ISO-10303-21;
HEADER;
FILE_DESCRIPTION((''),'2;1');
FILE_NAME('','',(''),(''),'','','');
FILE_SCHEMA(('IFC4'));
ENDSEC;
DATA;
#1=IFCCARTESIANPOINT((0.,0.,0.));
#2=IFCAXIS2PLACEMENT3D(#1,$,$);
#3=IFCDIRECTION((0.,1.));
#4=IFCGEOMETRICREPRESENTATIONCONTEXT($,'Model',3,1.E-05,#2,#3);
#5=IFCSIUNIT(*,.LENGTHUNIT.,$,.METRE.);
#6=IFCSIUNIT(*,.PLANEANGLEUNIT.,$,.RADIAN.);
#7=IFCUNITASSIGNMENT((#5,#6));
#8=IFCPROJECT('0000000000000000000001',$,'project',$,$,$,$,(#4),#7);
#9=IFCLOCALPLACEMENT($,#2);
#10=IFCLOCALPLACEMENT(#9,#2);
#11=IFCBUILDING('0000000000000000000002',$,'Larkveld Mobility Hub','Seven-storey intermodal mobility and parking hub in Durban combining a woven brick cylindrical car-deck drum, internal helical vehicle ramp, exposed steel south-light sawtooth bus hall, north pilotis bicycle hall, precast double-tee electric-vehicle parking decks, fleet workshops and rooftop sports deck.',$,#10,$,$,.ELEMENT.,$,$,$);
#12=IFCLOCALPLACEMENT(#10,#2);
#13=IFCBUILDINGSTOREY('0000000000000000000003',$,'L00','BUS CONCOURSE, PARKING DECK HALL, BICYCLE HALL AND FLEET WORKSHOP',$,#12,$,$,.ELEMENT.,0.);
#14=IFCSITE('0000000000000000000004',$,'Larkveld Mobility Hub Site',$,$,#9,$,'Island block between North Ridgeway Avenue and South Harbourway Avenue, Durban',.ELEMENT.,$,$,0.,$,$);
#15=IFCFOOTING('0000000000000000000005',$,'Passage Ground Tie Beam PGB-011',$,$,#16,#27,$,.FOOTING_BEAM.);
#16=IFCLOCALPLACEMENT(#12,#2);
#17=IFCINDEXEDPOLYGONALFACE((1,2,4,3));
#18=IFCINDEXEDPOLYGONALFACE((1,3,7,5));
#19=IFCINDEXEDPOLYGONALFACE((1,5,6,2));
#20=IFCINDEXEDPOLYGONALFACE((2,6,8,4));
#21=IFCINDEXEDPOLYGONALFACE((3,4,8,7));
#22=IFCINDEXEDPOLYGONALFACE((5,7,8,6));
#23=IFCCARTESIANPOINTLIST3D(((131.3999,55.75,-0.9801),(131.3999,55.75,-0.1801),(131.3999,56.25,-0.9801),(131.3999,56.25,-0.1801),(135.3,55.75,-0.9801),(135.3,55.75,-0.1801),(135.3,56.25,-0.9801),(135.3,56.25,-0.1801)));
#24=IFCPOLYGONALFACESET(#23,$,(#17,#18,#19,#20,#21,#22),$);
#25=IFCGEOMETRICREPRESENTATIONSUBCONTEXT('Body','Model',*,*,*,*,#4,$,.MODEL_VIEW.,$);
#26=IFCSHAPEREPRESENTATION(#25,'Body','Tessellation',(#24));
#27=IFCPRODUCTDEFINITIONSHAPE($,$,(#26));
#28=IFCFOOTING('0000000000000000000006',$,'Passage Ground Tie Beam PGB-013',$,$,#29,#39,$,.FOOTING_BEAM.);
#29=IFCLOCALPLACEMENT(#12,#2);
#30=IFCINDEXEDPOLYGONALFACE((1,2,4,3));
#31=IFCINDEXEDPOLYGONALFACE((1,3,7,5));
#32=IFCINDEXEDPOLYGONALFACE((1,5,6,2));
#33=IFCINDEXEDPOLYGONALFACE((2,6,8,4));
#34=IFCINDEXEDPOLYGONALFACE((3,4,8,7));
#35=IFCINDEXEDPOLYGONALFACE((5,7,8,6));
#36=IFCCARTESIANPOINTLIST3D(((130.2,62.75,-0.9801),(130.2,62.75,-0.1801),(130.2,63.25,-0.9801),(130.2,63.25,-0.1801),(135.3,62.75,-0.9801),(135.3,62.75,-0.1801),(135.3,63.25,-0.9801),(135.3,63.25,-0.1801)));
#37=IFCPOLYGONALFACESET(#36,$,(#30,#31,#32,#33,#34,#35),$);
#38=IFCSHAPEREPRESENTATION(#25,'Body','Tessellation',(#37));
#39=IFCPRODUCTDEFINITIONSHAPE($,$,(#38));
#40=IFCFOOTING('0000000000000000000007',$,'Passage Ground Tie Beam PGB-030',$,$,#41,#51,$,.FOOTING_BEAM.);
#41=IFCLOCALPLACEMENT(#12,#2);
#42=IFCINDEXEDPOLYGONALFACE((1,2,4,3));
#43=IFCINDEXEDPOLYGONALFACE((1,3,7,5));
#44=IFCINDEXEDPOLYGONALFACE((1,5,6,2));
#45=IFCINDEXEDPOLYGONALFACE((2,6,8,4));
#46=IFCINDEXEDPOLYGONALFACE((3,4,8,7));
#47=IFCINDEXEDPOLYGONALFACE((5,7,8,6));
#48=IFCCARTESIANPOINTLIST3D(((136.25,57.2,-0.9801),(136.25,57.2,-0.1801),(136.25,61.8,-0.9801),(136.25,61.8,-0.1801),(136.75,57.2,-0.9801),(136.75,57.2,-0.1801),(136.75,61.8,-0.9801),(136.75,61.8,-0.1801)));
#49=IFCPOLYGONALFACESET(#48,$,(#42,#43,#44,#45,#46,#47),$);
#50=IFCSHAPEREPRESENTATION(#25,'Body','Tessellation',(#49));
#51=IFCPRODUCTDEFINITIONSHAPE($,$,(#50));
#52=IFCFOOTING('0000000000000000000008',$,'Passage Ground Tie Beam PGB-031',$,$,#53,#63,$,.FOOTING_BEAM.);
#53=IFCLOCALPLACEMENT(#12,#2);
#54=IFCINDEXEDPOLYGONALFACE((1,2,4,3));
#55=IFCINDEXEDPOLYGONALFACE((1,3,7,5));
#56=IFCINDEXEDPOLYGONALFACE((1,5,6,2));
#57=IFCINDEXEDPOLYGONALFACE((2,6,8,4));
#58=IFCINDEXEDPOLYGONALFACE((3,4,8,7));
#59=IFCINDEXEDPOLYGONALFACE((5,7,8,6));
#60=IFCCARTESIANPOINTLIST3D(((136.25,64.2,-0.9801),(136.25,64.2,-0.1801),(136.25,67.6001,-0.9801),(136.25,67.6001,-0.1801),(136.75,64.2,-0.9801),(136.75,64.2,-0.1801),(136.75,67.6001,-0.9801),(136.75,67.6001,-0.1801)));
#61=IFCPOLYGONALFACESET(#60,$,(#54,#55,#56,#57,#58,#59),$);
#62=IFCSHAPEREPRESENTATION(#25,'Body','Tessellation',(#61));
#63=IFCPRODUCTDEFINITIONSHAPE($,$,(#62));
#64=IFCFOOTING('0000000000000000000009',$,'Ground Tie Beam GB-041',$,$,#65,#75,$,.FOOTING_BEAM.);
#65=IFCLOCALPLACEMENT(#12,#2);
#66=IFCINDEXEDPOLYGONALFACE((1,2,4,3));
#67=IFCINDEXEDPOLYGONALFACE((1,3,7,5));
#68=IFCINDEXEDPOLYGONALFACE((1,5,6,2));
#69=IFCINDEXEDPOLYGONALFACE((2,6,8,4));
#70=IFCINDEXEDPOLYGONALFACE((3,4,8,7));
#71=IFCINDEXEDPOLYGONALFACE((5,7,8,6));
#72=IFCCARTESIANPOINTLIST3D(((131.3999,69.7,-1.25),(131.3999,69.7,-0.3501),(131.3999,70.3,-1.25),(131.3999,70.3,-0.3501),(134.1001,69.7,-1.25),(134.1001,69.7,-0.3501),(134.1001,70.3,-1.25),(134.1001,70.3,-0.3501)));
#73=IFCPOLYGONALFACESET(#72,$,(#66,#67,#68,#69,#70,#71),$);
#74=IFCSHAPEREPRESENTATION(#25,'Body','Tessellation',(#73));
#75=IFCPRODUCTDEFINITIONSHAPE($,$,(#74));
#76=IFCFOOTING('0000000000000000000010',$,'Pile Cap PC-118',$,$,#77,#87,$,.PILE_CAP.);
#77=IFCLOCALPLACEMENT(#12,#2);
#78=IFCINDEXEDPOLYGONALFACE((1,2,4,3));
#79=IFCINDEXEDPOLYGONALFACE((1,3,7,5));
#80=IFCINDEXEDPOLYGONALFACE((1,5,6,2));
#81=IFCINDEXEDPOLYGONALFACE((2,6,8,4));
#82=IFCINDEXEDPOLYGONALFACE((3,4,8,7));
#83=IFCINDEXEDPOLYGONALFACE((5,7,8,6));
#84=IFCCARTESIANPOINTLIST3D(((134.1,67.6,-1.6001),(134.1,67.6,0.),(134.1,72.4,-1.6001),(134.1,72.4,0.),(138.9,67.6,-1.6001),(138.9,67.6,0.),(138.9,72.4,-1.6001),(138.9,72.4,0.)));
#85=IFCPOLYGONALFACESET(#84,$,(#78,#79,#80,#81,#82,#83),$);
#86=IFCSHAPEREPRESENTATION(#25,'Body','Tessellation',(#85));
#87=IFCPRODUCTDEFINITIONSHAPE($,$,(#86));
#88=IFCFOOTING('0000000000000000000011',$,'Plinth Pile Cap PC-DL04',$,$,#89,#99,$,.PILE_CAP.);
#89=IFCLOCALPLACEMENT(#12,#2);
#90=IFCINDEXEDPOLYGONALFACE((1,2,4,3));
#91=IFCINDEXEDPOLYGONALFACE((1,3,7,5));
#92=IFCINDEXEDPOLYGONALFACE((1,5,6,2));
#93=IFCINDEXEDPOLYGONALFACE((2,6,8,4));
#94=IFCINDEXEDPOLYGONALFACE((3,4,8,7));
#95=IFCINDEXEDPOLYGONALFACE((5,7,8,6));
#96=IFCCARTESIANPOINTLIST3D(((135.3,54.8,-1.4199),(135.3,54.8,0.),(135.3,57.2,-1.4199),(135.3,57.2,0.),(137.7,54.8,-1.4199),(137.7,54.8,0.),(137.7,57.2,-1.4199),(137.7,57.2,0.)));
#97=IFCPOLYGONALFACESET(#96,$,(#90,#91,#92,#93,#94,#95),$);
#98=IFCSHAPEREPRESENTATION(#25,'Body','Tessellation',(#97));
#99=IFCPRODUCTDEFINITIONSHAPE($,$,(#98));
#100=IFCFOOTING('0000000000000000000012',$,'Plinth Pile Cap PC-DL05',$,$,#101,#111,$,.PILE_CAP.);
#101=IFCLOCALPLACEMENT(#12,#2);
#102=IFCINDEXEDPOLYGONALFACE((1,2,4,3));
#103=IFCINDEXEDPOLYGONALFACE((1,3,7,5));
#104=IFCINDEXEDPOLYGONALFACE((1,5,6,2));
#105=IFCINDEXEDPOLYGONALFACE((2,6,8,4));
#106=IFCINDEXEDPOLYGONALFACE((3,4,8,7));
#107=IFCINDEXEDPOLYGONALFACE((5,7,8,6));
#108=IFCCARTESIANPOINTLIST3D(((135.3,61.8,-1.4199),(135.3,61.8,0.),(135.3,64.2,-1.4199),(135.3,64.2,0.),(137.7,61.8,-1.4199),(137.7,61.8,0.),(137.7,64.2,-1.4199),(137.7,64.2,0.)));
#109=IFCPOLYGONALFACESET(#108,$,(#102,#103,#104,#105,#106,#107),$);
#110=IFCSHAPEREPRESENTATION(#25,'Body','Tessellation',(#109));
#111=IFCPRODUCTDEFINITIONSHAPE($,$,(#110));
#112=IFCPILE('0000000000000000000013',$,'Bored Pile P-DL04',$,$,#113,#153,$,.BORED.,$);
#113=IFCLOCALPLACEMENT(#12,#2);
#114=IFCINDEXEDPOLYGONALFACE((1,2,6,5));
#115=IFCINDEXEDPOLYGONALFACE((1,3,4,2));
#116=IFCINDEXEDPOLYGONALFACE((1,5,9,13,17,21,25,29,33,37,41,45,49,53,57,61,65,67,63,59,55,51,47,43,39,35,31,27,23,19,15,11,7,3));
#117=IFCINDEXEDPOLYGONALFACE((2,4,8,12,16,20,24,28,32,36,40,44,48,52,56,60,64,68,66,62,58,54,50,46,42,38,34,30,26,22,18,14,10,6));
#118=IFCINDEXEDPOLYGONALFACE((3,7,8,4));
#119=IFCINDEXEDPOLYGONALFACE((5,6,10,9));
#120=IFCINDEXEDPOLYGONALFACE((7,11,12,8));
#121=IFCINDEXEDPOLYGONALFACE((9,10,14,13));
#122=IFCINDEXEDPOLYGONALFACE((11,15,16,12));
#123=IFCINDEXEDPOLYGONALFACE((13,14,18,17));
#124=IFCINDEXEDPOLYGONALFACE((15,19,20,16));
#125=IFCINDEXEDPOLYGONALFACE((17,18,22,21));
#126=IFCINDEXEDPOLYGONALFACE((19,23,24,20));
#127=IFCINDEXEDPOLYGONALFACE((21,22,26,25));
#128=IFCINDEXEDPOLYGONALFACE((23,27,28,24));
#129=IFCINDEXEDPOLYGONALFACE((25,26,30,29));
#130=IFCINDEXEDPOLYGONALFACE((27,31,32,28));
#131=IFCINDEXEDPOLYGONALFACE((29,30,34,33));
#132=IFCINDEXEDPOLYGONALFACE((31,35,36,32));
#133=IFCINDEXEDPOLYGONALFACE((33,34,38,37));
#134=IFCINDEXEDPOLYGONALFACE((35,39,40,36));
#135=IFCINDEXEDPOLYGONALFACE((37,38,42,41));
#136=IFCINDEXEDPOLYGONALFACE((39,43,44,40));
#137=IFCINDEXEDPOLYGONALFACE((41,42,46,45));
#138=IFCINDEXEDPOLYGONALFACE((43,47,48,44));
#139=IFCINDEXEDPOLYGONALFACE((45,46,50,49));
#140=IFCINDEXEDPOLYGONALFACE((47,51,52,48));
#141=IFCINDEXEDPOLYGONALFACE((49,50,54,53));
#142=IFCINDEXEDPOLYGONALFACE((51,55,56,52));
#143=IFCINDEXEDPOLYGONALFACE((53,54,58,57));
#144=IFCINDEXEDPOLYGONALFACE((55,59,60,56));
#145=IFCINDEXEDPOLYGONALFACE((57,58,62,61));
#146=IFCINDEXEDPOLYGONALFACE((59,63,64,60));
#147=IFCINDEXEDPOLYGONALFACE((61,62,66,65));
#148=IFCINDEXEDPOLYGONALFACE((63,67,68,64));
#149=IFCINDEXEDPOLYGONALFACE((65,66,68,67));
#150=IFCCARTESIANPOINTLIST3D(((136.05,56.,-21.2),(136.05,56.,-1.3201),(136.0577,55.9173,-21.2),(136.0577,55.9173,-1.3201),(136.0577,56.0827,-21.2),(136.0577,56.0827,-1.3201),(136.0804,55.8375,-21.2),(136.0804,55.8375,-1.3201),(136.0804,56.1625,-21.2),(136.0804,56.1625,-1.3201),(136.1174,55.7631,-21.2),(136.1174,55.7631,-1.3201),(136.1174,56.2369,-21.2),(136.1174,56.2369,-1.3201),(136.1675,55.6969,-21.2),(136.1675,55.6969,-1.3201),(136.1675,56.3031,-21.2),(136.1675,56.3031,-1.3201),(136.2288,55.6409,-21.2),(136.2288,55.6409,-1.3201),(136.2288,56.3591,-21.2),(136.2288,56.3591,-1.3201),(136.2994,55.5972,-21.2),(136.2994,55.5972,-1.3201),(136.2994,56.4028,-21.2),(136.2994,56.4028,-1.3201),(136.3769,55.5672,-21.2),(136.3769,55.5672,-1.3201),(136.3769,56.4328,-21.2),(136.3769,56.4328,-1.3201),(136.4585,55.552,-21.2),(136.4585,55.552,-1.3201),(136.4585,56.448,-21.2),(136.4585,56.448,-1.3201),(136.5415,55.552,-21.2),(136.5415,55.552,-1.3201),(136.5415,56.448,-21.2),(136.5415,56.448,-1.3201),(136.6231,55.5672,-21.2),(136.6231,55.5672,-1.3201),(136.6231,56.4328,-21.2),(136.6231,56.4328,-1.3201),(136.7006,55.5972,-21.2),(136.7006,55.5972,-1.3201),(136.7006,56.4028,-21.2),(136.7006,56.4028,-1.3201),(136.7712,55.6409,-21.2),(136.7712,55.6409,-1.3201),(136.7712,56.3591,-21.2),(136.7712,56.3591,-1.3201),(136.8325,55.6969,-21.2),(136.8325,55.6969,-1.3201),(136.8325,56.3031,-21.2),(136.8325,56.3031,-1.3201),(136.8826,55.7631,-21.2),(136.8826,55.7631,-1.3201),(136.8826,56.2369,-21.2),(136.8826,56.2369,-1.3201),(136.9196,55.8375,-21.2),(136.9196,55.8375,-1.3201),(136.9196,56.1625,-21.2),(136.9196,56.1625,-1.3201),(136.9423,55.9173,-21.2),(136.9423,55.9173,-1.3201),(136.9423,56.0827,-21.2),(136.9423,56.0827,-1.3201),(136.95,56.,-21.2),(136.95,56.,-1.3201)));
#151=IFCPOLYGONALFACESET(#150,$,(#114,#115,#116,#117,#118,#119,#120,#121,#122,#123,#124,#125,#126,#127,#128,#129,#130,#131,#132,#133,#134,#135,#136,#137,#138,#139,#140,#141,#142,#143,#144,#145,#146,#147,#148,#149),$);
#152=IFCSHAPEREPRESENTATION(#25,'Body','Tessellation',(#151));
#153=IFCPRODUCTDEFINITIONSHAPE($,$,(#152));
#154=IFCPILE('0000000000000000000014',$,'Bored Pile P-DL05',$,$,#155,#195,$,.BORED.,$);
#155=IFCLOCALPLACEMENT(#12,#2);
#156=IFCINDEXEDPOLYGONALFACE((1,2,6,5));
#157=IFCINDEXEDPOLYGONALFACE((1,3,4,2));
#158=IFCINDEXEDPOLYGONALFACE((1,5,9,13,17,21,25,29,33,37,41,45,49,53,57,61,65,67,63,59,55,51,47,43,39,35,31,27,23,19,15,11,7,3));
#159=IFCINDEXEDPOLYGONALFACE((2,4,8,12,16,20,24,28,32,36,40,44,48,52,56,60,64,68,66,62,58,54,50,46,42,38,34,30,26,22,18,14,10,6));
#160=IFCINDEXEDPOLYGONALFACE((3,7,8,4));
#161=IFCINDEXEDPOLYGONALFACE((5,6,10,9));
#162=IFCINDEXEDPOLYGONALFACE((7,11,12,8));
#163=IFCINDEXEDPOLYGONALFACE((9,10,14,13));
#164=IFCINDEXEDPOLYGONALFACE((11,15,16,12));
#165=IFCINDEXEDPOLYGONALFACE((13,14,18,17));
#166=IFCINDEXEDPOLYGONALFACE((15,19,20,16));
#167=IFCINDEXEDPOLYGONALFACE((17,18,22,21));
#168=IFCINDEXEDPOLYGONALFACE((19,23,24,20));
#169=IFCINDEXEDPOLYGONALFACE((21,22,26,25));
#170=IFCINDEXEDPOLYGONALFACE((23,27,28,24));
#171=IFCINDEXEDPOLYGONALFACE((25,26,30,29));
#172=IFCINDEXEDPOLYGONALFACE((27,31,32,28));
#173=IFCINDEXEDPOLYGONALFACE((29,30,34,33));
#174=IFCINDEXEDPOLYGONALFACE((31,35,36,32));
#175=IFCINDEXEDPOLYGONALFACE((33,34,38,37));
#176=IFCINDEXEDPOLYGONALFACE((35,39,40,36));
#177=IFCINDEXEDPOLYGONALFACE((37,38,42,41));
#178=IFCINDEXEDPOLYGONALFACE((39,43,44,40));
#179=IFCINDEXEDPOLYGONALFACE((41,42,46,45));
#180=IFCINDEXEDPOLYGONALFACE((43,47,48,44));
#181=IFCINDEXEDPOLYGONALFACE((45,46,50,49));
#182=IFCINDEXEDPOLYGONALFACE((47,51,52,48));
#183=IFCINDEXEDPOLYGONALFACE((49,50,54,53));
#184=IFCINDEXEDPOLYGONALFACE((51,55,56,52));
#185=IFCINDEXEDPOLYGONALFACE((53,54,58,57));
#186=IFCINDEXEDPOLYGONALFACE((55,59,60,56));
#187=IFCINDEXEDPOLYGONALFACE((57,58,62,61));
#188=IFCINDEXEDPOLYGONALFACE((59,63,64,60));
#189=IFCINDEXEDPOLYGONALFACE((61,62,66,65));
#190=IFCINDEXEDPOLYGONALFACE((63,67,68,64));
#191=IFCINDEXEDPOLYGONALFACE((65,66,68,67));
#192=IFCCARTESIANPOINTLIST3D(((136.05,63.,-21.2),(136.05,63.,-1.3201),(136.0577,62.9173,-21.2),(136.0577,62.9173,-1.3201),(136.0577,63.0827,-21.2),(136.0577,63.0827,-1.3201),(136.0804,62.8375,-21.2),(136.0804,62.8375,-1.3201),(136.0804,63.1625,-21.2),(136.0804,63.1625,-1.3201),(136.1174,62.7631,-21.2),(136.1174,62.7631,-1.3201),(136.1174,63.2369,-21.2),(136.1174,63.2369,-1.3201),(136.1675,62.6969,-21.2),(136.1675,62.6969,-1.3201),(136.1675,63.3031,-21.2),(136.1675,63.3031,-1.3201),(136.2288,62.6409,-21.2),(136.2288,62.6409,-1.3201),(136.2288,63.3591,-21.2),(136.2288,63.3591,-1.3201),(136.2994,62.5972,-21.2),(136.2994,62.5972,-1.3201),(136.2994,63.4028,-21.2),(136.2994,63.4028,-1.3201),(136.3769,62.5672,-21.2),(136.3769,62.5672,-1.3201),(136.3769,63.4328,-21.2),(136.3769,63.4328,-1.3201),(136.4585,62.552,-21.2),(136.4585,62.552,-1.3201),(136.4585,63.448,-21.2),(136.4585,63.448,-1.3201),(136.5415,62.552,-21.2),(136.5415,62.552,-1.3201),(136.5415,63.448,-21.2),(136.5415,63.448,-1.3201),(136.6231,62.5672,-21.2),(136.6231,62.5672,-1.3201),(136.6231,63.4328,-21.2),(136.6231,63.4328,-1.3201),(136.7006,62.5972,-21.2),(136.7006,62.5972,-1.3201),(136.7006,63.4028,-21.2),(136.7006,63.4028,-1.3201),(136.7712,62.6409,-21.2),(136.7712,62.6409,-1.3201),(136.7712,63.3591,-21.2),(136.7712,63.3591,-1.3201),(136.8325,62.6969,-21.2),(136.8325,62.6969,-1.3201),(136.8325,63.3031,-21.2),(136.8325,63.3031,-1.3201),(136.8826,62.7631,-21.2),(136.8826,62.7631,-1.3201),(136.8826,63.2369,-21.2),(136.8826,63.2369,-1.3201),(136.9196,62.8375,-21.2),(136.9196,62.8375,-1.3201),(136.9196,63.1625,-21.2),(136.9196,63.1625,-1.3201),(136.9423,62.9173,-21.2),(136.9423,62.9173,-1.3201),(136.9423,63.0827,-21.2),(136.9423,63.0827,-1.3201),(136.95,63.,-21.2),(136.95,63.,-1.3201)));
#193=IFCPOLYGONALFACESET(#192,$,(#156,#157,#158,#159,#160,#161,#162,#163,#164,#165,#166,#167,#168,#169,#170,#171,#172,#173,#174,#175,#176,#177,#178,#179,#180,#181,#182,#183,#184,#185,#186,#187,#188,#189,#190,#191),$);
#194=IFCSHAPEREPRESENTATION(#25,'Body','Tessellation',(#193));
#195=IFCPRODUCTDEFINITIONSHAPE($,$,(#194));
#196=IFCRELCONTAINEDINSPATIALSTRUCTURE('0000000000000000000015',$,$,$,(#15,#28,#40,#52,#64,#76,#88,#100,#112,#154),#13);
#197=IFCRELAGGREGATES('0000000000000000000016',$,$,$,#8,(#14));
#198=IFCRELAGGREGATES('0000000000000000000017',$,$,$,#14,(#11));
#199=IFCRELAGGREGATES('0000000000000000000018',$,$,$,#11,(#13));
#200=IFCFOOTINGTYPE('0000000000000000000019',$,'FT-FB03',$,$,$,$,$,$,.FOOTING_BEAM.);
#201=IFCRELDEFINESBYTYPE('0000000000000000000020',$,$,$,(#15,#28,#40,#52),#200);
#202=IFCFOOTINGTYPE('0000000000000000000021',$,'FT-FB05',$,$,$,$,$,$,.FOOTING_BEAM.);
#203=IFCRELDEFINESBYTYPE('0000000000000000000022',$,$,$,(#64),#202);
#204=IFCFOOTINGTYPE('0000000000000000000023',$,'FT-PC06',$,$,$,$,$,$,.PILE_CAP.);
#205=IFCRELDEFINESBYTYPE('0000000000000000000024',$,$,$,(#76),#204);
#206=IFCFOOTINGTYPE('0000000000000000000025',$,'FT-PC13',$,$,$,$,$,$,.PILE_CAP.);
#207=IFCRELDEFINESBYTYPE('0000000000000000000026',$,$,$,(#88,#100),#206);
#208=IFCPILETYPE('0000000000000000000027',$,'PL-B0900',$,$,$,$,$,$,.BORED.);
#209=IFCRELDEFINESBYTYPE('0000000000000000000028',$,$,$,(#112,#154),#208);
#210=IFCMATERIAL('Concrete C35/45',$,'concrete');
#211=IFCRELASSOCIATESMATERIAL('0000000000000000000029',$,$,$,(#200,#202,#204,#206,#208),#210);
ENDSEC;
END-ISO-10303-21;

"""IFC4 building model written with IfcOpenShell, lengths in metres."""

from ifc_helpers import new_model, si_unit, direction, frame, origin, origin_2d, place, context, subcontext, project, spatial, rectangle, circle, extrude, material, material_profile, profile_set, type_object, element, save


model = new_model("IFC4")

# Units and contexts
model_context = context("Model", 3, precision=1e-05, world=origin(), true_north=direction((0.0, 1.0)))
body_context = subcontext(model_context, "Body", "Model", "MODEL_VIEW")
ifc_project = project(units=[si_unit("LENGTHUNIT", "METRE"), si_unit("PLANEANGLEUNIT", "RADIAN")], contexts=[model_context])

# Site, building, storey
site_placement = place(None, origin())
site = spatial("IfcSite", under=ifc_project, at=site_placement, Name="Larkveld Mobility Hub Site", LongName="Island block between North Ridgeway Avenue and South Harbourway Avenue, Durban", CompositionType="ELEMENT", RefElevation=0.0)
building_placement = place(site_placement, origin())
building = spatial("IfcBuilding", under=site, at=building_placement, Name="Larkveld Mobility Hub", Description="Seven-storey intermodal mobility and parking hub in Durban combining a woven brick cylindrical car-deck drum, internal helical vehicle ramp, exposed steel south-light sawtooth bus hall, north pilotis bicycle hall, precast double-tee electric-vehicle parking decks, fleet workshops and rooftop sports deck.", CompositionType="ELEMENT")
storey_placement = place(building_placement, origin())
storey = spatial("IfcBuildingStorey", under=building, at=storey_placement, Name="L00", Description="BUS CONCOURSE, PARKING DECK HALL, BICYCLE HALL AND FLEET WORKSHOP", CompositionType="ELEMENT", Elevation=0.0)

# Footings
ifc_material_1 = material(Name="Concrete C35/45", Category="concrete")
ifc_material_profile_1 = material_profile(ifc_material_1, rectangle(XDim=0.5, YDim=0.8, at=origin_2d()), Name="RC BM 500x800")
ifc_profile_set_1 = profile_set([ifc_material_profile_1], Name="Concrete C35/45")
footing_type_1 = type_object("IfcFootingType", Name="FT-FB03", PredefinedType="FOOTING_BEAM", material=ifc_profile_set_1)
footing_1_placement = place(storey_placement, frame((131.3999, 56.0, -0.5801), z_axis=(1.0, 0.0, 0.0), x_axis=(0.0, 1.0, 0.0)))
element("IfcFooting", 1, at=footing_1_placement, inside=storey, type_object=footing_type_1, Name="Passage Ground Tie Beam PGB-011", PredefinedType="FOOTING_BEAM", context=body_context, shape_type="SweptSolid", body=[
    extrude(rectangle(XDim=0.5, YDim=0.8, at=origin_2d()), origin(), (0.0, 0.0, 1.0), 3.9001),
])
footing_2_placement = place(storey_placement, frame((130.2, 63.0, -0.5801), z_axis=(1.0, 0.0, 0.0), x_axis=(0.0, 1.0, 0.0)))
element("IfcFooting", 2, at=footing_2_placement, inside=storey, type_object=footing_type_1, Name="Passage Ground Tie Beam PGB-013", PredefinedType="FOOTING_BEAM", context=body_context, shape_type="SweptSolid", body=[
    extrude(rectangle(XDim=0.5, YDim=0.8, at=origin_2d()), origin(), (0.0, 0.0, 1.0), 5.1001),
])
footing_3_placement = place(storey_placement, frame((136.5, 57.2, -0.5801), z_axis=(0.0, 1.0, 0.0), x_axis=(-1.0, 0.0, 0.0)))
element("IfcFooting", 3, at=footing_3_placement, inside=storey, type_object=footing_type_1, Name="Passage Ground Tie Beam PGB-030", PredefinedType="FOOTING_BEAM", context=body_context, shape_type="SweptSolid", body=[
    extrude(rectangle(XDim=0.5, YDim=0.8, at=origin_2d()), origin(), (0.0, 0.0, 1.0), 4.6001),
])
footing_4_placement = place(storey_placement, frame((136.5, 64.2, -0.5801), z_axis=(0.0, 1.0, 0.0), x_axis=(-1.0, 0.0, 0.0)))
element("IfcFooting", 4, at=footing_4_placement, inside=storey, type_object=footing_type_1, Name="Passage Ground Tie Beam PGB-031", PredefinedType="FOOTING_BEAM", context=body_context, shape_type="SweptSolid", body=[
    extrude(rectangle(XDim=0.5, YDim=0.8, at=origin_2d()), origin(), (0.0, 0.0, 1.0), 3.4001),
])
ifc_material_profile_2 = material_profile(ifc_material_1, rectangle(XDim=0.6001, YDim=0.8999, at=origin_2d()), Name="RC BM 600x900")
ifc_profile_set_2 = profile_set([ifc_material_profile_2], Name="Concrete C35/45")
footing_type_2 = type_object("IfcFootingType", Name="FT-FB05", PredefinedType="FOOTING_BEAM", material=ifc_profile_set_2)
footing_5_placement = place(storey_placement, frame((131.3999, 70.0, -0.8), z_axis=(1.0, 0.0, 0.0), x_axis=(0.0, 1.0, 0.0)))
element("IfcFooting", 5, at=footing_5_placement, inside=storey, type_object=footing_type_2, Name="Ground Tie Beam GB-041", PredefinedType="FOOTING_BEAM", context=body_context, shape_type="SweptSolid", body=[
    extrude(rectangle(XDim=0.6001, YDim=0.8999, at=origin_2d()), origin(), (0.0, 0.0, 1.0), 2.7002),
])
footing_type_3 = type_object("IfcFootingType", Name="FT-PC06", PredefinedType="PILE_CAP", material=ifc_material_1)
footing_6_placement = place(storey_placement, frame((136.5, 70.0, -1.6001), z_axis=(0.0, 0.0, 1.0), x_axis=(1.0, 0.0, 0.0)))
element("IfcFooting", 6, at=footing_6_placement, inside=storey, type_object=footing_type_3, Name="Pile Cap PC-118", PredefinedType="PILE_CAP", context=body_context, shape_type="SweptSolid", body=[
    extrude(rectangle(XDim=4.8, YDim=4.8, at=origin_2d()), origin(), (0.0, 0.0, 1.0), 1.6001),
])
footing_type_4 = type_object("IfcFootingType", Name="FT-PC13", PredefinedType="PILE_CAP", material=ifc_material_1)
for number, where, z_axis, x_axis, name in (
    (7, (136.5, 56.0, -1.4199), (0.0, 0.0, 1.0), (1.0, 0.0, 0.0), "Plinth Pile Cap PC-DL04"),
    (8, (136.5, 63.0, -1.4199), (0.0, 0.0, 1.0), (1.0, 0.0, 0.0), "Plinth Pile Cap PC-DL05"),
):
    element("IfcFooting", number, at=place(storey_placement, frame(where, z_axis=z_axis, x_axis=x_axis)), inside=storey, type_object=footing_type_4, Name=name, PredefinedType="PILE_CAP", context=body_context, shape_type="SweptSolid", body=[
        extrude(rectangle(XDim=2.3999, YDim=2.3999, at=origin_2d()), origin(), (0.0, 0.0, 1.0), 1.4199),
    ])

# Piles
ifc_material_profile_3 = material_profile(ifc_material_1, circle(Radius=0.45, at=origin_2d()), Name="PILE D900")
ifc_profile_set_3 = profile_set([ifc_material_profile_3], Name="Concrete C35/45")
pile_type_1 = type_object("IfcPileType", Name="PL-B0900", PredefinedType="BORED", material=ifc_profile_set_3)
for number, where, z_axis, x_axis, name in (
    (9, (136.5, 56.0, -1.3201), (0.0, 0.0, -1.0), (1.0, 0.0, 0.0), "Bored Pile P-DL04"),
    (10, (136.5, 63.0, -1.3201), (0.0, 0.0, -1.0), (1.0, 0.0, 0.0), "Bored Pile P-DL05"),
):
    element("IfcPile", number, at=place(storey_placement, frame(where, z_axis=z_axis, x_axis=x_axis)), inside=storey, type_object=pile_type_1, Name=name, PredefinedType="BORED", context=body_context, shape_type="SweptSolid", body=[
        extrude(circle(Radius=0.45, at=origin_2d()), origin(), (0.0, 0.0, 1.0), 19.8799),
    ])

save(model, "model.ifc")
